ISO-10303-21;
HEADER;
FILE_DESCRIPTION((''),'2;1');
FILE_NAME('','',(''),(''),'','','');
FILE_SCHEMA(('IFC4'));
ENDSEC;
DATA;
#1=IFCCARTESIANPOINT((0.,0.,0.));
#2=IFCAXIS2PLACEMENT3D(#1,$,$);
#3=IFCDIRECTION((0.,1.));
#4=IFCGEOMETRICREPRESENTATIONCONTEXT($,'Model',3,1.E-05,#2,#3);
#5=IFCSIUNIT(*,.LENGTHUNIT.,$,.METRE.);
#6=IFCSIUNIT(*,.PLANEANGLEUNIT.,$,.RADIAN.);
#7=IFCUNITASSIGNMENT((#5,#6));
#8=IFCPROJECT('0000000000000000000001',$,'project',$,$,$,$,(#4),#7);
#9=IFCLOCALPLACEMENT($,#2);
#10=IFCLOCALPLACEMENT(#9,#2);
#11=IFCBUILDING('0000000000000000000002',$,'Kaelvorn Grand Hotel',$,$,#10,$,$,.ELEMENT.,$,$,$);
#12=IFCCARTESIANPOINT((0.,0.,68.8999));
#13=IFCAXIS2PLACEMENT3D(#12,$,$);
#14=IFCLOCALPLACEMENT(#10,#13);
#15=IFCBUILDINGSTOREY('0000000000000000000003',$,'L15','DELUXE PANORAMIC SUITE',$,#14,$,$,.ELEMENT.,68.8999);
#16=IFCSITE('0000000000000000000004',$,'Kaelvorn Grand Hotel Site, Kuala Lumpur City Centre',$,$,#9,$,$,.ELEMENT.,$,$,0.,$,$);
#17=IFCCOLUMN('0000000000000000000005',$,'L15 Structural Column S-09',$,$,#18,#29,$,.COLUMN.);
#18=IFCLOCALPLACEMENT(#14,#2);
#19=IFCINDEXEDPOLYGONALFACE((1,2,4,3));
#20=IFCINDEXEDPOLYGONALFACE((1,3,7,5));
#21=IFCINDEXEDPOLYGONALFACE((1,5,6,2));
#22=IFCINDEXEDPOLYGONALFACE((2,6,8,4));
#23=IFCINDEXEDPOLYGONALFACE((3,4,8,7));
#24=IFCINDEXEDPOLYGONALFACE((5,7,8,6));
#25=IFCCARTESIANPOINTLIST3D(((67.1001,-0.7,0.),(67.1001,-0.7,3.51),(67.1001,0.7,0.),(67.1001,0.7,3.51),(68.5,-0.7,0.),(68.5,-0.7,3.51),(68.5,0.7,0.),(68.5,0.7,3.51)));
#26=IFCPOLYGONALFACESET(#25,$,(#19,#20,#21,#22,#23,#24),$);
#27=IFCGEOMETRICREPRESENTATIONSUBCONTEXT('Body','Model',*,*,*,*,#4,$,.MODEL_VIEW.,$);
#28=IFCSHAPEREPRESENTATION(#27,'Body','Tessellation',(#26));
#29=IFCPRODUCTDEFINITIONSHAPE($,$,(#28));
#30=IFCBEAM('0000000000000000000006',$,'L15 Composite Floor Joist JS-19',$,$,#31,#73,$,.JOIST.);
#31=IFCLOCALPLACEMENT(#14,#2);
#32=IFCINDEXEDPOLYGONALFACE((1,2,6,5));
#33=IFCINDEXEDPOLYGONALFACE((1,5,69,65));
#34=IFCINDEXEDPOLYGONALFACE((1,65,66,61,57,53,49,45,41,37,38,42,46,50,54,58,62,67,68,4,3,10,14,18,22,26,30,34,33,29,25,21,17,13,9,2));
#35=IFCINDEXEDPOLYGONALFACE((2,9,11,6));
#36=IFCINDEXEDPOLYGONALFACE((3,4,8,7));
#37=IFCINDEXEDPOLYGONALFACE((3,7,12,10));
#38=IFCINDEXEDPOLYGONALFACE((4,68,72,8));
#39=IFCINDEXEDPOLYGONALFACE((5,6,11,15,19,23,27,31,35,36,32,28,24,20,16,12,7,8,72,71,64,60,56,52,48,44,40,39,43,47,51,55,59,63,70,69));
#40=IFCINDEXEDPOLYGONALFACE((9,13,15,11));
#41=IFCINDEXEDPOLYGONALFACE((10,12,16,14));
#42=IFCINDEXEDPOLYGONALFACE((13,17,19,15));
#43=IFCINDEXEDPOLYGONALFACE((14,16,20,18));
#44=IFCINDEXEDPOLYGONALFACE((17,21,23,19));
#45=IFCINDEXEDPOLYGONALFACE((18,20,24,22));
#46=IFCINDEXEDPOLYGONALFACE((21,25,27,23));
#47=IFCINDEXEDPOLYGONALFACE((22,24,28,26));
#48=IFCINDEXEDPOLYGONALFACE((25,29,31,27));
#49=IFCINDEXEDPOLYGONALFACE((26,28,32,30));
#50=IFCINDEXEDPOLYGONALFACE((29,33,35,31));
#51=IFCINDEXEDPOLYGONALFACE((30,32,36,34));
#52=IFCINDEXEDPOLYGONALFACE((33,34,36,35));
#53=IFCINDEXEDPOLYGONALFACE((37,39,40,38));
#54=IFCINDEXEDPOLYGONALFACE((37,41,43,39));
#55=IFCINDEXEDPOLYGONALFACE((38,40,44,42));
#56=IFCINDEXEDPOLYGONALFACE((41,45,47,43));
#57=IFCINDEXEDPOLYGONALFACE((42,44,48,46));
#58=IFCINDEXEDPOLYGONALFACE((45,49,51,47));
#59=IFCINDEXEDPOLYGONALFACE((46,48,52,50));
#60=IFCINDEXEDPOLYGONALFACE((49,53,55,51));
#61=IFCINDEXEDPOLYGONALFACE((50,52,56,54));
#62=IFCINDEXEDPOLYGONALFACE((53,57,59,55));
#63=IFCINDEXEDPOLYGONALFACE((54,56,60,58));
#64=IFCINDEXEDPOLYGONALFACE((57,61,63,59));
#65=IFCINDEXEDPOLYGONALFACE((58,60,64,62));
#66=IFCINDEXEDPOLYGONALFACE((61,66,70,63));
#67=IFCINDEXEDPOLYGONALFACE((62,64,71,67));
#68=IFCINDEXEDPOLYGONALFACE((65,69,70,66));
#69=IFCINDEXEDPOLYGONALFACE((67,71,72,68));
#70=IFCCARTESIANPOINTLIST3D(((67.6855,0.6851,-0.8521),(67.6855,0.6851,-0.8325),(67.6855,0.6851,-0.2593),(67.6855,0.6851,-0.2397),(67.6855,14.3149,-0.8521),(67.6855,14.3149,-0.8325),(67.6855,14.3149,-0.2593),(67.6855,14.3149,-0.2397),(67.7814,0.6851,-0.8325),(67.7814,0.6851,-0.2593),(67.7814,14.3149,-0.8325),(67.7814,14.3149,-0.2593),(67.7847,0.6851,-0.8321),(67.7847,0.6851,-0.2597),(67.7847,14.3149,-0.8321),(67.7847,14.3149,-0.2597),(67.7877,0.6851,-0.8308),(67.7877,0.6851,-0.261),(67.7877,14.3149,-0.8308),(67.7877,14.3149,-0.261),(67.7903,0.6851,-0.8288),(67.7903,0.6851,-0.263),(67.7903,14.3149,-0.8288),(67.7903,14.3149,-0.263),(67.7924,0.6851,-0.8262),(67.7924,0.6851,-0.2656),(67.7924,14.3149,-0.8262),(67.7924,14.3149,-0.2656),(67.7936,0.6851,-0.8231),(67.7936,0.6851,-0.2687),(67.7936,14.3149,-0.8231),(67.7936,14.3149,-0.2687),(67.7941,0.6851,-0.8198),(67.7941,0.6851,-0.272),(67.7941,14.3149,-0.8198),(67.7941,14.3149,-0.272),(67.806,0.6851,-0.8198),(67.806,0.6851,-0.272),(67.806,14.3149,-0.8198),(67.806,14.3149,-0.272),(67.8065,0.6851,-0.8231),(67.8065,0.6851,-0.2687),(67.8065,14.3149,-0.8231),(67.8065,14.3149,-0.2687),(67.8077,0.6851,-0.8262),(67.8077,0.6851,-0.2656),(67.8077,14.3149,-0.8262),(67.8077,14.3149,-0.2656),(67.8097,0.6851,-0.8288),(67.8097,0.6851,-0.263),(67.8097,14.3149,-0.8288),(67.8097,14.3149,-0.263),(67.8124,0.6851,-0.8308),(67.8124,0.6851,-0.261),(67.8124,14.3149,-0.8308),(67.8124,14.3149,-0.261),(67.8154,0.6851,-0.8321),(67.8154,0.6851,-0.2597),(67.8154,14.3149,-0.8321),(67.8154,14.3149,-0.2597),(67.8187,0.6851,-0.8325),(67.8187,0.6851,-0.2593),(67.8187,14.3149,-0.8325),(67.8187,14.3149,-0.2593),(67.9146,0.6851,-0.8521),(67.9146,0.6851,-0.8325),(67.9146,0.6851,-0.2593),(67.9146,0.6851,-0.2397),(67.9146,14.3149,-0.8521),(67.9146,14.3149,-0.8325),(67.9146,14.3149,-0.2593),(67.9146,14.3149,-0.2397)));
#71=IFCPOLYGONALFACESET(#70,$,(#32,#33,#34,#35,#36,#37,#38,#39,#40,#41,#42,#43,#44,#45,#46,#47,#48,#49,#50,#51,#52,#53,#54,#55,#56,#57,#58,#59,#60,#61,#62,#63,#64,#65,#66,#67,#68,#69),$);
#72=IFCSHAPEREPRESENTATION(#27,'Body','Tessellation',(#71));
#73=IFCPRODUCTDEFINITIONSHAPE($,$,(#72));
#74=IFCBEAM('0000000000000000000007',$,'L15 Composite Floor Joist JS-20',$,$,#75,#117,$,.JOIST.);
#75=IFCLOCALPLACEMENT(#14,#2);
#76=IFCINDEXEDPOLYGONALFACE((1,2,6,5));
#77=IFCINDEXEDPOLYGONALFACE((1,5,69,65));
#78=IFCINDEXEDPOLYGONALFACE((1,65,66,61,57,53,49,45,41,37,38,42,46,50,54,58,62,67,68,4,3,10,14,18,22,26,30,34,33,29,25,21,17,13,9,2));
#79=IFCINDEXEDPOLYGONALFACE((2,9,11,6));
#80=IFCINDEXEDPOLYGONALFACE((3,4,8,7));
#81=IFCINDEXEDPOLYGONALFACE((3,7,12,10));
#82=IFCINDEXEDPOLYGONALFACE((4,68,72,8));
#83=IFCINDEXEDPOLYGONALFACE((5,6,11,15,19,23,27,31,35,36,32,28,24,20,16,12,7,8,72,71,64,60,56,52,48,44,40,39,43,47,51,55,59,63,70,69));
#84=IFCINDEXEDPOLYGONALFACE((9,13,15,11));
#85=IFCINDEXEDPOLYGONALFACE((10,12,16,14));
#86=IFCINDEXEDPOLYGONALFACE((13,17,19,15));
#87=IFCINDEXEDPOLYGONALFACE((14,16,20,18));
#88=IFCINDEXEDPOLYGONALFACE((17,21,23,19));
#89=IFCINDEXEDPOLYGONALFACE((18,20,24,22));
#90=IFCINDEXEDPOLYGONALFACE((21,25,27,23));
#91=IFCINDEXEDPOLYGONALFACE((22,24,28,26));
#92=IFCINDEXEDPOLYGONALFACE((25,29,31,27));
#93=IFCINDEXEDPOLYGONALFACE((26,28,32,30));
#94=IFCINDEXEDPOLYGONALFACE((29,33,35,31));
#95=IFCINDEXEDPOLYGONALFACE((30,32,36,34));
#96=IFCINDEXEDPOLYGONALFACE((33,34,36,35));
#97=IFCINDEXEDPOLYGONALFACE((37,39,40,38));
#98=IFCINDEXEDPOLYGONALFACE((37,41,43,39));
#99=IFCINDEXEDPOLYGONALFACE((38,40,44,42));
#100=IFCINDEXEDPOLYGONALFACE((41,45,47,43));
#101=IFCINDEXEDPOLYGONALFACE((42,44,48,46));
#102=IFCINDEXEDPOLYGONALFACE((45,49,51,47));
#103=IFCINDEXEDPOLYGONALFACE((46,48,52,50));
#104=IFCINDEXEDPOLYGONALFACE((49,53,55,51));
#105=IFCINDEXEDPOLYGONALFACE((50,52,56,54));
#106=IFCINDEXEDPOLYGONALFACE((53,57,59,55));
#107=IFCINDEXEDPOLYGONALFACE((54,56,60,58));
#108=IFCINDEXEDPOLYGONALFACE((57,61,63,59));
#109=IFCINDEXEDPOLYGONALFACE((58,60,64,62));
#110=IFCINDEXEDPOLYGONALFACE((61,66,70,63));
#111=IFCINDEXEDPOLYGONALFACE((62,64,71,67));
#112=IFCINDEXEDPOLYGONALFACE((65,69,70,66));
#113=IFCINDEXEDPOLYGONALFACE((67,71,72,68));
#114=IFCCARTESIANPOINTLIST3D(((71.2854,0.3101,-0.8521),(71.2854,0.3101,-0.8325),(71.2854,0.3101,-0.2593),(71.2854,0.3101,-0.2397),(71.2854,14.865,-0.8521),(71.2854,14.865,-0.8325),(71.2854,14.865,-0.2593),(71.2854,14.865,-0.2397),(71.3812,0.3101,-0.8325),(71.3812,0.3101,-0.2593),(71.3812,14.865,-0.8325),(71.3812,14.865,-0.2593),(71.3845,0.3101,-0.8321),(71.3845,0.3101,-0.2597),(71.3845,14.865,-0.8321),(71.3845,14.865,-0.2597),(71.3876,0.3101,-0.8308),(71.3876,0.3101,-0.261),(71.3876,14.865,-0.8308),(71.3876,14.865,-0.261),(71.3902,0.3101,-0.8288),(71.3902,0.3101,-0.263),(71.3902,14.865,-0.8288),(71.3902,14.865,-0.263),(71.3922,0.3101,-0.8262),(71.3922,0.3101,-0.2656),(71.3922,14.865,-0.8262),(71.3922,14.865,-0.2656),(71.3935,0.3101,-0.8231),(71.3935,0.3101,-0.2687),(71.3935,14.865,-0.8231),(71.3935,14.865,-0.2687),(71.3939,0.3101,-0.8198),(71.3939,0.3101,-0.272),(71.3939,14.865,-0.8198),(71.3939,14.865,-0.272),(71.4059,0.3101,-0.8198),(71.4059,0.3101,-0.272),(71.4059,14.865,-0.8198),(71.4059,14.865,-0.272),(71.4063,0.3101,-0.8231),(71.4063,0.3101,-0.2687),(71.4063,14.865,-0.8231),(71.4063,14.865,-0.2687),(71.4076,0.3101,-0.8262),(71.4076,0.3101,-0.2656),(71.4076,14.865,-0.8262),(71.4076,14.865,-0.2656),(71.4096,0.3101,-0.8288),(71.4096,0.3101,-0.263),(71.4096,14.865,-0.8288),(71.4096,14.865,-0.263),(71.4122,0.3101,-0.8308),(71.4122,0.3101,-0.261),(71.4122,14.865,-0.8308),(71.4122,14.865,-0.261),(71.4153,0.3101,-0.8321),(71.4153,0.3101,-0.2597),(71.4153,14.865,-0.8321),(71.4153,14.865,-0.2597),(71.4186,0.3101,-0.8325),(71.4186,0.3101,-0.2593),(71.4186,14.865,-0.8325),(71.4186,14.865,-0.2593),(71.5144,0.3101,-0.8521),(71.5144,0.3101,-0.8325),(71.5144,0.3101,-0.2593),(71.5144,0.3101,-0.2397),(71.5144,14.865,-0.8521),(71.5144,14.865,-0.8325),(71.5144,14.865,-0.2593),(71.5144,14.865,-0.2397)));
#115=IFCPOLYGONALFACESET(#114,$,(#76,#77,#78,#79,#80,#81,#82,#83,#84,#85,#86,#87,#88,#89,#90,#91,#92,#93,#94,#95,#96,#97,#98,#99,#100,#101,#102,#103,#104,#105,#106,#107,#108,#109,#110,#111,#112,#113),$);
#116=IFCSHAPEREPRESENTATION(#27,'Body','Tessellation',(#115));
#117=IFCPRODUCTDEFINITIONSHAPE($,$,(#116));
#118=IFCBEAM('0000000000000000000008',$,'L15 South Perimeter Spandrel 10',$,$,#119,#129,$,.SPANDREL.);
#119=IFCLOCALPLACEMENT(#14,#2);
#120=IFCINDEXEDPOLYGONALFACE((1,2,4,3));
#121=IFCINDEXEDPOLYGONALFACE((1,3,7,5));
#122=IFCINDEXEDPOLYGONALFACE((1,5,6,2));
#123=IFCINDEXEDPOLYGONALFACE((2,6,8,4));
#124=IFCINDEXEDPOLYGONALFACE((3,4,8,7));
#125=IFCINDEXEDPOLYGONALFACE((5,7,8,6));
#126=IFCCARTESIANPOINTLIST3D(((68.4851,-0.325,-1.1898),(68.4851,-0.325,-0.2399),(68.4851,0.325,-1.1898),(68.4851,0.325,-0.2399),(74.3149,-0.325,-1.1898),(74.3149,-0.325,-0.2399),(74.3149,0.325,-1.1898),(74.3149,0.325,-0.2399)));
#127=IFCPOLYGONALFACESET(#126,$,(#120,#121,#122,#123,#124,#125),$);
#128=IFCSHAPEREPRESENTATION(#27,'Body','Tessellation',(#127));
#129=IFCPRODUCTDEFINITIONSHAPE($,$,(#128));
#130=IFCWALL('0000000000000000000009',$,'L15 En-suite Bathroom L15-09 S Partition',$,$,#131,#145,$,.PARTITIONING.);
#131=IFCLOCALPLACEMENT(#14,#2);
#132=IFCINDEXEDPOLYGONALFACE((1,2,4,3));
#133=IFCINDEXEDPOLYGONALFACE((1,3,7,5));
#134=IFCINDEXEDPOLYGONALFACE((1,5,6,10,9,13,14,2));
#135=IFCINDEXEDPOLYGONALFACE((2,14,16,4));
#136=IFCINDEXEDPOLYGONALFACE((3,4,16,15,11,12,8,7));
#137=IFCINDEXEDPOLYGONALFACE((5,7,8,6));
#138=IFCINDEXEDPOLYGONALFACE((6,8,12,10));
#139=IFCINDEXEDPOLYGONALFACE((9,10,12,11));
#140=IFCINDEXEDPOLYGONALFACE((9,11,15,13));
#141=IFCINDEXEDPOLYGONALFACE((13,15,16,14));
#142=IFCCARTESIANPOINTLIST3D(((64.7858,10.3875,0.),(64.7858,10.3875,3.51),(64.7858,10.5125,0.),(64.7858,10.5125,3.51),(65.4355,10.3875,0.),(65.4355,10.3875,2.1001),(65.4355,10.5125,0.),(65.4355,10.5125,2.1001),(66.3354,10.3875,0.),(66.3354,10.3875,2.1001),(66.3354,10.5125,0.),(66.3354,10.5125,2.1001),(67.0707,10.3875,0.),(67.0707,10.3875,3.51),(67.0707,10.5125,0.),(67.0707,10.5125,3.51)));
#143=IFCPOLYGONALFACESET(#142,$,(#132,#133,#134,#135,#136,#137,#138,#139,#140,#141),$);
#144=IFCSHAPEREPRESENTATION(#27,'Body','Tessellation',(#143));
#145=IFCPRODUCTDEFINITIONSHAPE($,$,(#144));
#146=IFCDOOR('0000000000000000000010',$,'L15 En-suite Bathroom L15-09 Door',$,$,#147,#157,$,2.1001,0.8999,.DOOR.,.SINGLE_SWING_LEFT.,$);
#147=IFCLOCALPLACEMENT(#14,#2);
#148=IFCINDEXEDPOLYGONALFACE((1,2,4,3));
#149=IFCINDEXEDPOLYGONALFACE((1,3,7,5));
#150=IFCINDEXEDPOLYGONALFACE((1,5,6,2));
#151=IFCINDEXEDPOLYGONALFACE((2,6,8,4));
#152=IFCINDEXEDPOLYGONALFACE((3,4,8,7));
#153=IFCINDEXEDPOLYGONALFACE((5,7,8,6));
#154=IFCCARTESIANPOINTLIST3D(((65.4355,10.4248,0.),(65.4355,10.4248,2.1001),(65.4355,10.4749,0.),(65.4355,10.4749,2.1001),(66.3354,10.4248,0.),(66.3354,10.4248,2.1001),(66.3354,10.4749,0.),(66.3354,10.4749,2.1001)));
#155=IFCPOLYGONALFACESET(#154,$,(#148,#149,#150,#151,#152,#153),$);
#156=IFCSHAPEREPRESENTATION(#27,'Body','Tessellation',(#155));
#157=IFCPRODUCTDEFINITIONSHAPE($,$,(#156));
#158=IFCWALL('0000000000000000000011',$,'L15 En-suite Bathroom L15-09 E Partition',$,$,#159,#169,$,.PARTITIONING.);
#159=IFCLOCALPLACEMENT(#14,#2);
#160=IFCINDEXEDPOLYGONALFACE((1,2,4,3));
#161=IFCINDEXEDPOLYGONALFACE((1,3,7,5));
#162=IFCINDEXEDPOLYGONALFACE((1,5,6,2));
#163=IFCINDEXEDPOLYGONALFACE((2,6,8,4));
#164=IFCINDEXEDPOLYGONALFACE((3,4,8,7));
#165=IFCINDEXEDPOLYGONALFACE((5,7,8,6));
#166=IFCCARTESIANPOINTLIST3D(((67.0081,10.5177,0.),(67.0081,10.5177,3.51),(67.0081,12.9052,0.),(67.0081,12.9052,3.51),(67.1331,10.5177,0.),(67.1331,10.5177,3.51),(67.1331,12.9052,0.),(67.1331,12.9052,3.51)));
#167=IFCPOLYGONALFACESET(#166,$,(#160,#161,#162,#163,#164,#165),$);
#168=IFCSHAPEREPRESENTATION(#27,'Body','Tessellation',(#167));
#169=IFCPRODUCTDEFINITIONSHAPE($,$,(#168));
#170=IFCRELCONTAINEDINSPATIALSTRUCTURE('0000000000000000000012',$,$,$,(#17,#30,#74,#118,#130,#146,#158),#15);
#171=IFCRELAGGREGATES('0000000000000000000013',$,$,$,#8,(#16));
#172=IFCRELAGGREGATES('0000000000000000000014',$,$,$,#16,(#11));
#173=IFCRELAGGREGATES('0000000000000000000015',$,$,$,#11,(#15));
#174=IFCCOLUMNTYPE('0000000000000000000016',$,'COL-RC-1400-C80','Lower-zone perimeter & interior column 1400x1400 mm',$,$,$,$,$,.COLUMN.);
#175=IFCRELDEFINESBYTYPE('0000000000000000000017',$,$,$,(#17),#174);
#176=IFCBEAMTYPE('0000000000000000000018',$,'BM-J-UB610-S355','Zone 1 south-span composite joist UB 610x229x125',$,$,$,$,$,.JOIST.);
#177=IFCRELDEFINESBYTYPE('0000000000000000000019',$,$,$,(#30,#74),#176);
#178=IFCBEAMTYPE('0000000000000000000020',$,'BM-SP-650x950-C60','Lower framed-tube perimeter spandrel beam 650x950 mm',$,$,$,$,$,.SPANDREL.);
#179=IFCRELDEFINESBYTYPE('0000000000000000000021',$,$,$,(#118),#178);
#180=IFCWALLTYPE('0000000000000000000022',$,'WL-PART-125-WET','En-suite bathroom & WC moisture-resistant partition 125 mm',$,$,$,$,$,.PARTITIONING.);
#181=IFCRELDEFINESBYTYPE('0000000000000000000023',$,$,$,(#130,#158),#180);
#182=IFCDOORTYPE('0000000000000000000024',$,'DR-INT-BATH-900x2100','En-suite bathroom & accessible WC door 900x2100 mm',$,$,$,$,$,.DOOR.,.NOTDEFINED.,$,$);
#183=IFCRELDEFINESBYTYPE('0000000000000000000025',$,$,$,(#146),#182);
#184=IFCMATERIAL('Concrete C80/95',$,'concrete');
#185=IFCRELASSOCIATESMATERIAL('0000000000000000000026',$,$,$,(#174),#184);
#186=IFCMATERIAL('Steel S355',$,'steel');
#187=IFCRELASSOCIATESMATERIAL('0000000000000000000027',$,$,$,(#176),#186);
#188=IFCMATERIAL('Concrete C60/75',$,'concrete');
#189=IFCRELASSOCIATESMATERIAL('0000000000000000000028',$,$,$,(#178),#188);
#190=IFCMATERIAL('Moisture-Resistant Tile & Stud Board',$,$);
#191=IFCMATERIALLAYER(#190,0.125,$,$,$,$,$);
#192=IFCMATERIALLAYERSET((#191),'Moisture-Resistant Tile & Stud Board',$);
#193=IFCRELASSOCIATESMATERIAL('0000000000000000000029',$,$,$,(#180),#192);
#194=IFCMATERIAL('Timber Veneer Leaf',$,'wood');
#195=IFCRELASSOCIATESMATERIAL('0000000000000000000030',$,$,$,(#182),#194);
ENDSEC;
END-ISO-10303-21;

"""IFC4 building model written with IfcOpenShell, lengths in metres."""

from ifc_helpers import new_model, si_unit, direction, frame, frame_2d, origin, origin_2d, place, context, subcontext, project, spatial, rectangle, i_section, extrude, material, layer, layer_set, material_profile, profile_set, type_object, element, fill, save


model = new_model("IFC4")

# Units and contexts
model_context = context("Model", 3, precision=1e-05, world=origin(), true_north=direction((0.0, 1.0)))
body_context = subcontext(model_context, "Body", "Model", "MODEL_VIEW")
ifc_project = project(units=[si_unit("LENGTHUNIT", "METRE"), si_unit("PLANEANGLEUNIT", "RADIAN")], contexts=[model_context])

# Site, building, storey
site_placement = place(None, origin())
site = spatial("IfcSite", under=ifc_project, at=site_placement, Name="Kaelvorn Grand Hotel Site, Kuala Lumpur City Centre", CompositionType="ELEMENT", RefElevation=0.0)
building_placement = place(site_placement, origin())
building = spatial("IfcBuilding", under=site, at=building_placement, Name="Kaelvorn Grand Hotel", CompositionType="ELEMENT")
storey_placement = place(building_placement, frame((0.0, 0.0, 68.8999)))
storey = spatial("IfcBuildingStorey", under=building, at=storey_placement, Name="L15", Description="DELUXE PANORAMIC SUITE", CompositionType="ELEMENT", Elevation=68.8999)

# Column
ifc_material_1 = material(Name="Concrete C80/95", Category="concrete")
ifc_material_profile_1 = material_profile(ifc_material_1, rectangle(XDim=1.3999, YDim=1.3999, at=origin_2d()), Name="RC COL 1400x1400")
ifc_profile_set_1 = profile_set([ifc_material_profile_1], Name="Concrete C80/95")
column_type = type_object("IfcColumnType", Name="COL-RC-1400-C80", Description="Lower-zone perimeter & interior column 1400x1400 mm", PredefinedType="COLUMN", material=ifc_profile_set_1)
column_placement = place(storey_placement, frame((67.8, 0.0, 0.0), z_axis=(0.0, 0.0, 1.0), x_axis=(1.0, 0.0, 0.0)))
element("IfcColumn", 1, at=column_placement, inside=storey, type_object=column_type, Name="L15 Structural Column S-09", PredefinedType="COLUMN", context=body_context, shape_type="SweptSolid", body=[
    extrude(rectangle(XDim=1.3999, YDim=1.3999, at=origin_2d()), origin(), (0.0, 0.0, 1.0), 3.51),
])

# Beams
ifc_material_2 = material(Name="Steel S355", Category="steel")
ifc_material_profile_2 = material_profile(ifc_material_2, i_section(OverallWidth=0.229, OverallDepth=0.6123, WebThickness=0.012, FlangeThickness=0.0195, FilletRadius=0.0127, at=origin_2d()), Name="UB 610x229x125")
ifc_profile_set_2 = profile_set([ifc_material_profile_2], Name="Steel S355")
beam_type_1 = type_object("IfcBeamType", Name="BM-J-UB610-S355", Description="Zone 1 south-span composite joist UB 610x229x125", PredefinedType="JOIST", material=ifc_profile_set_2)
beam_1_placement = place(storey_placement, frame((67.8, 0.6851, -0.5459), z_axis=(0.0, 1.0, 0.0), x_axis=(-1.0, 0.0, 0.0)))
element("IfcBeam", 2, at=beam_1_placement, inside=storey, type_object=beam_type_1, Name="L15 Composite Floor Joist JS-19", PredefinedType="JOIST", context=body_context, shape_type="SweptSolid", body=[
    extrude(i_section(OverallWidth=0.229, OverallDepth=0.6123, WebThickness=0.012, FlangeThickness=0.0195, FilletRadius=0.0127, at=origin_2d()), origin(), (0.0, 0.0, 1.0), 13.6299),
])
beam_2_placement = place(storey_placement, frame((71.3999, 0.3101, -0.5459), z_axis=(0.0, 1.0, 0.0), x_axis=(-1.0, 0.0, 0.0)))
element("IfcBeam", 3, at=beam_2_placement, inside=storey, type_object=beam_type_1, Name="L15 Composite Floor Joist JS-20", PredefinedType="JOIST", context=body_context, shape_type="SweptSolid", body=[
    extrude(i_section(OverallWidth=0.229, OverallDepth=0.6123, WebThickness=0.012, FlangeThickness=0.0195, FilletRadius=0.0127, at=origin_2d()), origin(), (0.0, 0.0, 1.0), 14.5549),
])
ifc_material_3 = material(Name="Concrete C60/75", Category="concrete")
ifc_material_profile_3 = material_profile(ifc_material_3, rectangle(XDim=0.6499, YDim=0.95, at=origin_2d()), Name="RC SPANDREL 650x950")
ifc_profile_set_3 = profile_set([ifc_material_profile_3], Name="Concrete C60/75")
beam_type_2 = type_object("IfcBeamType", Name="BM-SP-650x950-C60", Description="Lower framed-tube perimeter spandrel beam 650x950 mm", PredefinedType="SPANDREL", material=ifc_profile_set_3)
beam_3_placement = place(storey_placement, frame((68.4851, 0.0, -0.7148), z_axis=(1.0, 0.0, 0.0), x_axis=(0.0, 1.0, 0.0)))
element("IfcBeam", 4, at=beam_3_placement, inside=storey, type_object=beam_type_2, Name="L15 South Perimeter Spandrel 10", PredefinedType="SPANDREL", context=body_context, shape_type="SweptSolid", body=[
    extrude(rectangle(XDim=0.6499, YDim=0.95, at=origin_2d()), origin(), (0.0, 0.0, 1.0), 5.8298),
])

# Wall, opening, door
ifc_material_4 = material(Name="Moisture-Resistant Tile & Stud Board")
ifc_layer_1 = layer(ifc_material_4, 0.125)
ifc_layer_set_1 = layer_set([ifc_layer_1], Name="Moisture-Resistant Tile & Stud Board")
wall_type_1 = type_object("IfcWallType", Name="WL-PART-125-WET", Description="En-suite bathroom & WC moisture-resistant partition 125 mm", PredefinedType="PARTITIONING", material=ifc_layer_set_1)
wall_1_placement = place(storey_placement, frame((64.7856, 10.45, 0.0), z_axis=(0.0, 0.0, 1.0), x_axis=(1.0, 0.0, 0.0)))
wall_1 = element("IfcWall", 5, at=wall_1_placement, inside=storey, type_object=wall_type_1, Name="L15 En-suite Bathroom L15-09 S Partition", PredefinedType="PARTITIONING", context=body_context, shape_type="SweptSolid", body=[
    extrude(rectangle(XDim=2.2849, YDim=0.125, at=frame_2d((1.1426, 0.0))), origin(), (0.0, 0.0, 1.0), 3.51),
])
opening_1_placement = place(wall_1_placement, frame((0.6499, 0.0, 0.0)))
opening_1 = element("IfcOpeningElement", 6, at=opening_1_placement, cuts=wall_1, PredefinedType="OPENING", context=body_context, shape_type="SweptSolid", body=[
    extrude(rectangle(XDim=0.8999, YDim=2.1001, at=frame_2d((0.45, 1.05))), frame((0.0, 0.0725, 0.0), z_axis=(0.0, -1.0, 0.0), x_axis=(1.0, 0.0, 0.0)), (0.0, 0.0, 1.0), 0.145),
])
ifc_material_5 = material(Name="Timber Veneer Leaf", Category="wood")
door_type_1 = type_object("IfcDoorType", Name="DR-INT-BATH-900x2100", Description="En-suite bathroom & accessible WC door 900x2100 mm", OperationType="NOTDEFINED", PredefinedType="DOOR", material=ifc_material_5)
door_1_placement = place(opening_1_placement, origin())
door_1 = element("IfcDoor", 7, at=door_1_placement, inside=storey, type_object=door_type_1, Name="L15 En-suite Bathroom L15-09 Door", OperationType="SINGLE_SWING_LEFT", OverallHeight=2.1001, OverallWidth=0.8999, PredefinedType="DOOR", context=body_context, shape_type="SweptSolid", body=[
    extrude(rectangle(XDim=0.8999, YDim=2.1001, at=frame_2d((0.45, 1.05))), frame((0.0, 0.0249, 0.0), z_axis=(0.0, -1.0, 0.0), x_axis=(1.0, 0.0, 0.0)), (0.0, 0.0, 1.0), 0.05),
])
fill(opening_1, door_1)

# Wall
wall_2_placement = place(storey_placement, frame((67.0706, 10.5176, 0.0), z_axis=(0.0, 0.0, 1.0), x_axis=(0.0, 1.0, 0.0)))
element("IfcWall", 8, at=wall_2_placement, inside=storey, type_object=wall_type_1, Name="L15 En-suite Bathroom L15-09 E Partition", PredefinedType="PARTITIONING", context=body_context, shape_type="SweptSolid", body=[
    extrude(rectangle(XDim=2.3875, YDim=0.125, at=frame_2d((1.1938, 0.0))), origin(), (0.0, 0.0, 1.0), 3.51),
])

save(model, "model.ifc")
